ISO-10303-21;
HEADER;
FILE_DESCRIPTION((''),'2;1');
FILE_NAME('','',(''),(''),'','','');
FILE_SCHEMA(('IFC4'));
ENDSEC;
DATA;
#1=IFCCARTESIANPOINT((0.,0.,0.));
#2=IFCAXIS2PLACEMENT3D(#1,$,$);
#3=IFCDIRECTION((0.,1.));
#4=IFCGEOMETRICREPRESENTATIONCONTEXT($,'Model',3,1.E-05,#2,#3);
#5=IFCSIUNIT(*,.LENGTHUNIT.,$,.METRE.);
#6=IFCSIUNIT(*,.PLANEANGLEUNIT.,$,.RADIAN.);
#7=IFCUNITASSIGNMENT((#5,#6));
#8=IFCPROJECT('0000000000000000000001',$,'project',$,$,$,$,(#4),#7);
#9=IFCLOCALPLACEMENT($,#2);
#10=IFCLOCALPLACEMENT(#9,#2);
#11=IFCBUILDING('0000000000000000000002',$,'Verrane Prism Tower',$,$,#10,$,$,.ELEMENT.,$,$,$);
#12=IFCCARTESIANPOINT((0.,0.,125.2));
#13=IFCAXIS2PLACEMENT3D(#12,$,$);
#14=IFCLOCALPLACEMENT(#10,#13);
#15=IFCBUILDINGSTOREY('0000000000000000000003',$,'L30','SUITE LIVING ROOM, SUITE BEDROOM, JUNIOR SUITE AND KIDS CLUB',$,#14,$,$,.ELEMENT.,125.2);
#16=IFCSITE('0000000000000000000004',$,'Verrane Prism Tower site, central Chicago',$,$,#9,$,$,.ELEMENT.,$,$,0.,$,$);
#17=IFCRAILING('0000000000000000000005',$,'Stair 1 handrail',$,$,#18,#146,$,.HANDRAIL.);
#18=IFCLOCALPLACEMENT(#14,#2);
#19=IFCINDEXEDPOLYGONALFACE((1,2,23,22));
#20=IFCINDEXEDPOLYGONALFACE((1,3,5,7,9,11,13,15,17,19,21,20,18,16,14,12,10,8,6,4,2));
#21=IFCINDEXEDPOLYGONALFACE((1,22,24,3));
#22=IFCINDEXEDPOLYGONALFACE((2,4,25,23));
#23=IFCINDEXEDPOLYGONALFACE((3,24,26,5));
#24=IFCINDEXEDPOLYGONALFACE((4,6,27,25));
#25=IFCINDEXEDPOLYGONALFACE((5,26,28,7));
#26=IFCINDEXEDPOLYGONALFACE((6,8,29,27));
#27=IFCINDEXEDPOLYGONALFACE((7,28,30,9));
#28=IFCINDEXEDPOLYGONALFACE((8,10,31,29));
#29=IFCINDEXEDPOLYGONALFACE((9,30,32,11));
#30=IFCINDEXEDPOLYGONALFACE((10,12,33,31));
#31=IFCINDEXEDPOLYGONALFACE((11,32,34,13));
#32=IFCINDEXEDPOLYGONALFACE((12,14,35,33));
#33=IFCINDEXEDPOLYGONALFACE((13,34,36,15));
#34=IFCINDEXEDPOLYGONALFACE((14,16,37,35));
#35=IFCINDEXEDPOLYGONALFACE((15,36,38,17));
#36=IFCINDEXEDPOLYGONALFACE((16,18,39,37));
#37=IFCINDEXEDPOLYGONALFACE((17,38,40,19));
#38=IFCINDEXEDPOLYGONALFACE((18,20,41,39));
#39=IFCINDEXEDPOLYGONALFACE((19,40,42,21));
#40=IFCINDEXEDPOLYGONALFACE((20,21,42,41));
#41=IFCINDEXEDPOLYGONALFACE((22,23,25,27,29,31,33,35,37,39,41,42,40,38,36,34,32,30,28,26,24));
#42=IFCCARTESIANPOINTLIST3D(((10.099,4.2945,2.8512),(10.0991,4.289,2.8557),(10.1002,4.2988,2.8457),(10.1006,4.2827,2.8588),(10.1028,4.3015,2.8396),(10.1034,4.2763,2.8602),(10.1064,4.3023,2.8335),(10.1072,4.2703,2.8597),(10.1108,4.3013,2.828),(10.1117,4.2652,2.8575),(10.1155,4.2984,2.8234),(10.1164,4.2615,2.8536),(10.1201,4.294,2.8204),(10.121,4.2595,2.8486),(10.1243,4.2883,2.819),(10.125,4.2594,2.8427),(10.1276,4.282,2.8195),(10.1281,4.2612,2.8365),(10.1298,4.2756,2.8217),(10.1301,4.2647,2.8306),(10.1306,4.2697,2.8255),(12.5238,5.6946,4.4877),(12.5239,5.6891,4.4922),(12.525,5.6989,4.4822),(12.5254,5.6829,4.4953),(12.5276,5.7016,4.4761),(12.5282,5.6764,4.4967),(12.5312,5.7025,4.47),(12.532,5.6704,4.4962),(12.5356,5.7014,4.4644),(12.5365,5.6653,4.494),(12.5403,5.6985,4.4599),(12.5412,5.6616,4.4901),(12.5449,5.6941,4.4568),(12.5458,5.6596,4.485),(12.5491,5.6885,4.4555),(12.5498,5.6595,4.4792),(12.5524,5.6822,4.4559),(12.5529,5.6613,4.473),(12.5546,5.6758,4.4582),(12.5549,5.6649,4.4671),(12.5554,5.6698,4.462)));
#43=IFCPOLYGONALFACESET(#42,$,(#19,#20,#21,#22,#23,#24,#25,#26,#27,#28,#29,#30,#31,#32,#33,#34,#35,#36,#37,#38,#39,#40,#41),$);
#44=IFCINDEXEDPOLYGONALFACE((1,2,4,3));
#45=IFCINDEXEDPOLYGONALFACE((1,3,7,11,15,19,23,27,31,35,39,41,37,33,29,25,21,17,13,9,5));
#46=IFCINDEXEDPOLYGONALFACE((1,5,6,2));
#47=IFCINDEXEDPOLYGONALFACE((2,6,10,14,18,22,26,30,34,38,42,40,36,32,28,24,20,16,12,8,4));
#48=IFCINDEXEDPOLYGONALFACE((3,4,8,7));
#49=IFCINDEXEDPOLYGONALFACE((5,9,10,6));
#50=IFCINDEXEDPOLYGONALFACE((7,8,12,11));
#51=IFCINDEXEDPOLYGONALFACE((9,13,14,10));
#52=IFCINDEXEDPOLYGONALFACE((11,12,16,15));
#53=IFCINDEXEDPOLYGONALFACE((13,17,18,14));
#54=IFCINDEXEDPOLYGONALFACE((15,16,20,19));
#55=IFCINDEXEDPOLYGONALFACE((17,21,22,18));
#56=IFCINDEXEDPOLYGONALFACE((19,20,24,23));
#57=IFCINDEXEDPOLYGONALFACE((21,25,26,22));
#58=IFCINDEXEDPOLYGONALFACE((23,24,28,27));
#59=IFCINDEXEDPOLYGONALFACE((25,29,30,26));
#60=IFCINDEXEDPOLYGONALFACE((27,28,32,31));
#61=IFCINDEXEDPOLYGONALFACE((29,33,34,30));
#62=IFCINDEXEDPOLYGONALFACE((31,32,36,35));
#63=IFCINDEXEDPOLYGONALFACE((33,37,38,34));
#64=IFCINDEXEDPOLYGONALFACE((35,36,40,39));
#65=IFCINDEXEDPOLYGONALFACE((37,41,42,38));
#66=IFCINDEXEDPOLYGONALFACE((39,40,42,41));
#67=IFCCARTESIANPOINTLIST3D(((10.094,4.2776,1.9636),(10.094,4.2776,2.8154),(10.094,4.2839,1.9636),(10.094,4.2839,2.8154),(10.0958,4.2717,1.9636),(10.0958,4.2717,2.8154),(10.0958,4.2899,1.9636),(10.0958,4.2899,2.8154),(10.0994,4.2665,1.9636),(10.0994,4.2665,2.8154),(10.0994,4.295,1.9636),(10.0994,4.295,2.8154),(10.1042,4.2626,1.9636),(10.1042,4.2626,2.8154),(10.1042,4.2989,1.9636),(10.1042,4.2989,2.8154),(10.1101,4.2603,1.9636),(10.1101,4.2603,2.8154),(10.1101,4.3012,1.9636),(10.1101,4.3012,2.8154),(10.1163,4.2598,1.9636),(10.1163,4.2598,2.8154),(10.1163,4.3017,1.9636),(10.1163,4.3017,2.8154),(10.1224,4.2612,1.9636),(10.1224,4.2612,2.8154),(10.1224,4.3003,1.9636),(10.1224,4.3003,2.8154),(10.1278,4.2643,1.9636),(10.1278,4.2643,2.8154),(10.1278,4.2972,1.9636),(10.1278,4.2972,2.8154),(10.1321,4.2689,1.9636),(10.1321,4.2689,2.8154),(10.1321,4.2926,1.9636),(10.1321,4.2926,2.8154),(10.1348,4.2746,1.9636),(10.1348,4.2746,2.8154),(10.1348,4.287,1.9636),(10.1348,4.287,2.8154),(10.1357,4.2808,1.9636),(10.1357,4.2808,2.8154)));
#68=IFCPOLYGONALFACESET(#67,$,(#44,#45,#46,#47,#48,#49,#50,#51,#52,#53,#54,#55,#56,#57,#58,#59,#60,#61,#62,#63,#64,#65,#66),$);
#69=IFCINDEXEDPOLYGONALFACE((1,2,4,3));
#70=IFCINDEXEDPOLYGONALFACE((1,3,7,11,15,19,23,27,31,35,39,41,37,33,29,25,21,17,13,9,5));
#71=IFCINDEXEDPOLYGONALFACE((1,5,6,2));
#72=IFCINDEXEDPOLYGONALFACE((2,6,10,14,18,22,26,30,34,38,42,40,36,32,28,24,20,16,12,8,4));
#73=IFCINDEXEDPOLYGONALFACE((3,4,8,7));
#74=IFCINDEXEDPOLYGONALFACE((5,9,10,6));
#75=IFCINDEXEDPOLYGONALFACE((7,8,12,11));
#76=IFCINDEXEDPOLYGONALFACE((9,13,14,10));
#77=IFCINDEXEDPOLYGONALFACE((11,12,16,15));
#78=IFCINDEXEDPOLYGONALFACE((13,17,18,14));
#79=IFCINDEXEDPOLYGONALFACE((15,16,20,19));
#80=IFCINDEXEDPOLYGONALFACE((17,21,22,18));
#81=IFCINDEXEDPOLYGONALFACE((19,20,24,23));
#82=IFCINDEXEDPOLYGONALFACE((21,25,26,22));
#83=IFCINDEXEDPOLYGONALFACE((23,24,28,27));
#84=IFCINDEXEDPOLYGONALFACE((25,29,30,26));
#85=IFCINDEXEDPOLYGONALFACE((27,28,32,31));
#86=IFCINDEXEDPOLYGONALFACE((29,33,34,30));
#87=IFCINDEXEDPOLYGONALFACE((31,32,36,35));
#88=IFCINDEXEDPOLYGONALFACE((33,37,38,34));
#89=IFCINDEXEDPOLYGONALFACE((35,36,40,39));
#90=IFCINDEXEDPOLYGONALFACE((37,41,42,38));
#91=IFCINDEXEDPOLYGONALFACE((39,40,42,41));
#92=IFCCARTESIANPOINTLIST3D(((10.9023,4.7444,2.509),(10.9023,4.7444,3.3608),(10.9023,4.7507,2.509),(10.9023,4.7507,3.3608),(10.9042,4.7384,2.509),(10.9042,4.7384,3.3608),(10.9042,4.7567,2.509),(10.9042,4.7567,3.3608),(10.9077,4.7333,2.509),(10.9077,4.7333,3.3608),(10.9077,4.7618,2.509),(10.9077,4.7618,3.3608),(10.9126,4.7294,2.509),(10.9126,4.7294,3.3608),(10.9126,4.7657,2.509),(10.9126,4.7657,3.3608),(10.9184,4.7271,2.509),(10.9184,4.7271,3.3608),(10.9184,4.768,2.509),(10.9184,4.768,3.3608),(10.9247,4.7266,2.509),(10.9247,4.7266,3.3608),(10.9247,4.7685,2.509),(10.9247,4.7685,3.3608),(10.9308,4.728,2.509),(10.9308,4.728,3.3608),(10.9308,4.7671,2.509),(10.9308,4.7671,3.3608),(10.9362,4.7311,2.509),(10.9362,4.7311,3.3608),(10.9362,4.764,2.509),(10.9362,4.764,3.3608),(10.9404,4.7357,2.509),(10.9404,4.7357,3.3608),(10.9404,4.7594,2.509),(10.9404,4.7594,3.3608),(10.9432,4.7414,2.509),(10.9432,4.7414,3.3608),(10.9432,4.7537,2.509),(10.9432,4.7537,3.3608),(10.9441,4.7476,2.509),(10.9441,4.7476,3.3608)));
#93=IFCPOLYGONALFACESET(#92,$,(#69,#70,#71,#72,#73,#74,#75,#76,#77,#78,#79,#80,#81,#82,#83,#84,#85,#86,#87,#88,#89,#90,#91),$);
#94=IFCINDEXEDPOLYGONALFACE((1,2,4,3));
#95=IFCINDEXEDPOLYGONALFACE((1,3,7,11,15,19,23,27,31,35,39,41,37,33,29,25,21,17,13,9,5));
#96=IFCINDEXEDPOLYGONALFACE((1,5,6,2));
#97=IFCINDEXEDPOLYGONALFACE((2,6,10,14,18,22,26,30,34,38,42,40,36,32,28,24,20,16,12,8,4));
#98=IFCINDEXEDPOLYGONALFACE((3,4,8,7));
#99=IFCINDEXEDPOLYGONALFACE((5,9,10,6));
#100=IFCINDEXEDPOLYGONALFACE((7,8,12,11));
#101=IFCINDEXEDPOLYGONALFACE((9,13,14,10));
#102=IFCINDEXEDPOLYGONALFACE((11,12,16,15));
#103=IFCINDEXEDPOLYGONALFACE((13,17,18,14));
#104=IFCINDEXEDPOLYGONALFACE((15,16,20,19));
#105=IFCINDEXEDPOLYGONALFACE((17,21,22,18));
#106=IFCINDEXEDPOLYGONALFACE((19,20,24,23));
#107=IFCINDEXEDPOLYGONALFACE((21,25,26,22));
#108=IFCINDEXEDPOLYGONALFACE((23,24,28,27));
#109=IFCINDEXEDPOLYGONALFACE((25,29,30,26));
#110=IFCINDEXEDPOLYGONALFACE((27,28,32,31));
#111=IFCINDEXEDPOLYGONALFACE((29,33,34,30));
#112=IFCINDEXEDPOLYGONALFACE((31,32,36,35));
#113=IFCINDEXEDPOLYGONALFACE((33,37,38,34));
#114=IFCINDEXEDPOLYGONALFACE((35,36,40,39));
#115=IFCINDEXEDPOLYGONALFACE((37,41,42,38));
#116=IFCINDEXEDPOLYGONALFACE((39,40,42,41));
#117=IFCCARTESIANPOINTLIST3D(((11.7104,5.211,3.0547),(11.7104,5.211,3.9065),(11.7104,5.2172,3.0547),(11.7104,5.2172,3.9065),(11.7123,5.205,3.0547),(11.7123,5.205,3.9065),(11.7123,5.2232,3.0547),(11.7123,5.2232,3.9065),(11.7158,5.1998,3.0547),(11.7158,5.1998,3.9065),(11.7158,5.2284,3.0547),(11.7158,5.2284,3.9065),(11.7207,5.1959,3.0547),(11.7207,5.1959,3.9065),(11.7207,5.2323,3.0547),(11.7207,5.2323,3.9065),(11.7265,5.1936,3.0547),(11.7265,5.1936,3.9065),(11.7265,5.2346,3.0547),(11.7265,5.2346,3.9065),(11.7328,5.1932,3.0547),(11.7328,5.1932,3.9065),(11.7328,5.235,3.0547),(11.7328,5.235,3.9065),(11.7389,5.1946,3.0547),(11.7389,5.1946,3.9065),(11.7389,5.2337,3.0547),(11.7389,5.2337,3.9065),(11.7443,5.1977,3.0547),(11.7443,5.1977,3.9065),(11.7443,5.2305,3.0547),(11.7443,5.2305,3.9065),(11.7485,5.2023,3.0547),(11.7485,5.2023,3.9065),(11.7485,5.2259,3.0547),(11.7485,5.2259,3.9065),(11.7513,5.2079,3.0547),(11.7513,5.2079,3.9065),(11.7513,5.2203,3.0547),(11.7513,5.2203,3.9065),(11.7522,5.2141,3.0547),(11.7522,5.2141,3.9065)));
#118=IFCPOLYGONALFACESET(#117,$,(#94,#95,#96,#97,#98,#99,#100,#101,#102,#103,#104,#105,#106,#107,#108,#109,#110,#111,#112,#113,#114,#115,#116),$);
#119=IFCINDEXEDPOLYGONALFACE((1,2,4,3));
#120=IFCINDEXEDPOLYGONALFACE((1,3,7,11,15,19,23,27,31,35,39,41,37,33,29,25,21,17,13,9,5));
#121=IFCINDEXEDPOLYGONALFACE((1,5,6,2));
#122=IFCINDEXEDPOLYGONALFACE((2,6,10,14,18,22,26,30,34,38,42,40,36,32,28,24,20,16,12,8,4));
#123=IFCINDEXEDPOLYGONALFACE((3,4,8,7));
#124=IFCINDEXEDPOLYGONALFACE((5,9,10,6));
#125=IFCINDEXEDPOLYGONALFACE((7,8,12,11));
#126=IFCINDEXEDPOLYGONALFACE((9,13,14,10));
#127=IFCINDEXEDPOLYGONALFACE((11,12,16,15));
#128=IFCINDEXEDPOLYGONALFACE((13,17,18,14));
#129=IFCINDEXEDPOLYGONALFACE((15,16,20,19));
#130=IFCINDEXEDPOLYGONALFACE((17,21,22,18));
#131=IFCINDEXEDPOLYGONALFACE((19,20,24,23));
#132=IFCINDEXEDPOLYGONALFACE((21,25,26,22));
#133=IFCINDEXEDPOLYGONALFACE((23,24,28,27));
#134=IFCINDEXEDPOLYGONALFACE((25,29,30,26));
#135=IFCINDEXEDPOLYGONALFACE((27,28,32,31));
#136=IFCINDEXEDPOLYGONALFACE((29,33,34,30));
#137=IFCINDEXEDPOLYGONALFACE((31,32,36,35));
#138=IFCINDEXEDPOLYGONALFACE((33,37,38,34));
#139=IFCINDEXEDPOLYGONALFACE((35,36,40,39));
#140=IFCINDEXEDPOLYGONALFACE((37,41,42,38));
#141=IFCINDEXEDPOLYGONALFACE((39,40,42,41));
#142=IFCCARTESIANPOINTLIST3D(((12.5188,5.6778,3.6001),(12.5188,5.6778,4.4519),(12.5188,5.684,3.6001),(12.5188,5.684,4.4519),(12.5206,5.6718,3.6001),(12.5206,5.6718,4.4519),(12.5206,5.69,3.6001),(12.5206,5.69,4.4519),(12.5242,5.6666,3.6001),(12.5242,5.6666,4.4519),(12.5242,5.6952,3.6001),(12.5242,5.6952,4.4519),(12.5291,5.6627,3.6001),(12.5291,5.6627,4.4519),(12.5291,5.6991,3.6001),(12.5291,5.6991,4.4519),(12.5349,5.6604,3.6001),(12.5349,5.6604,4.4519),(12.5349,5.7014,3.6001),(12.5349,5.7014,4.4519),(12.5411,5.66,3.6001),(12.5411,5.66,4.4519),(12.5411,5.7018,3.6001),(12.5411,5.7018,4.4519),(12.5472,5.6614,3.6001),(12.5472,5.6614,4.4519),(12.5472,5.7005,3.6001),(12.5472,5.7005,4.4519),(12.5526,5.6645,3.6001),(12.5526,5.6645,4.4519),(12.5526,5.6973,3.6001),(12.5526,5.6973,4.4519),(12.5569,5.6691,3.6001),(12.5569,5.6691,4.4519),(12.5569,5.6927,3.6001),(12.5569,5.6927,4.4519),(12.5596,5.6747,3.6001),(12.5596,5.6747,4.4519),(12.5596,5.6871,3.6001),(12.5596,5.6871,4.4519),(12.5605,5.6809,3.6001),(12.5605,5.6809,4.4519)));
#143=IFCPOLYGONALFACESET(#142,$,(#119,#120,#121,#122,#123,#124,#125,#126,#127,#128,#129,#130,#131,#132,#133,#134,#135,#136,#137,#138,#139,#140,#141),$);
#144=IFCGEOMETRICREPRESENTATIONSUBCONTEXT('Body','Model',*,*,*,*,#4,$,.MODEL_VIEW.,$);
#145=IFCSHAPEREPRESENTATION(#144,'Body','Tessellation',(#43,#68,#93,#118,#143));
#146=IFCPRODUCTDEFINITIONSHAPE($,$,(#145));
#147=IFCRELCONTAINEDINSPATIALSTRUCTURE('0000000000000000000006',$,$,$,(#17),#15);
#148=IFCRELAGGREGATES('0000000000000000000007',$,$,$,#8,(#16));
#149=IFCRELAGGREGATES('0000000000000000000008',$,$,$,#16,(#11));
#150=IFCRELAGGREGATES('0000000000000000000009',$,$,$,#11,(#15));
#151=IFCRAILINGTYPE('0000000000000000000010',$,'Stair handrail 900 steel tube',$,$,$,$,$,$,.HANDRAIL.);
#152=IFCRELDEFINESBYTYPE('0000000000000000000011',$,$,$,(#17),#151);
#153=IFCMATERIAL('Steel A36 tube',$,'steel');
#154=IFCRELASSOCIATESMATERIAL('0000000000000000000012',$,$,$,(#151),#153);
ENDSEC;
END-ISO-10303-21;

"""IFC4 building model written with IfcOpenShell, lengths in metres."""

from ifc_helpers import new_model, si_unit, direction, frame, origin, origin_2d, place, context, subcontext, project, spatial, circle, extrude, material, type_object, element, save


model = new_model("IFC4")

# Units and contexts
model_context = context("Model", 3, precision=1e-05, world=origin(), true_north=direction((0.0, 1.0)))
body_context = subcontext(model_context, "Body", "Model", "MODEL_VIEW")
ifc_project = project(units=[si_unit("LENGTHUNIT", "METRE"), si_unit("PLANEANGLEUNIT", "RADIAN")], contexts=[model_context])

# Site, building, storey
site_placement = place(None, origin())
site = spatial("IfcSite", under=ifc_project, at=site_placement, Name="Verrane Prism Tower site, central Chicago", CompositionType="ELEMENT", RefElevation=0.0)
building_placement = place(site_placement, origin())
building = spatial("IfcBuilding", under=site, at=building_placement, Name="Verrane Prism Tower", CompositionType="ELEMENT")
storey_placement = place(building_placement, frame((0.0, 0.0, 125.2)))
storey = spatial("IfcBuildingStorey", under=building, at=storey_placement, Name="L30", Description="SUITE LIVING ROOM, SUITE BEDROOM, JUNIOR SUITE AND KIDS CLUB", CompositionType="ELEMENT", Elevation=125.2)

# Railing
ifc_material_1 = material(Name="Steel A36 tube", Category="steel")
railing_type_1 = type_object("IfcRailingType", Name="Stair handrail 900 steel tube", PredefinedType="HANDRAIL", material=ifc_material_1)
railing_1_placement = place(storey_placement, frame((10.1147, 4.2808, 1.9636)))
element("IfcRailing", 1, at=railing_1_placement, inside=storey, type_object=railing_type_1, Name="Stair 1 handrail", PredefinedType="HANDRAIL", context=body_context, shape_type="SweptSolid", body=[
    extrude(circle(Radius=0.0239, at=origin_2d()), frame((0.0, 0.0, 0.876), z_axis=(0.747666, 0.431722, 0.504591), x_axis=(-0.50005, 0.865997, 0.0)), (0.0, 0.0, 1.0), 3.2432),
    extrude(circle(Radius=0.021, at=origin_2d()), origin(), (0.0, 0.0, 1.0), 0.8518),
    extrude(circle(Radius=0.021, at=origin_2d()), frame((0.8083, 0.4668, 0.5454)), (0.0, 0.0, 1.0), 0.8518),
    extrude(circle(Radius=0.021, at=origin_2d()), frame((1.6165, 0.9333, 1.0911)), (0.0, 0.0, 1.0), 0.8518),
    extrude(circle(Radius=0.021, at=origin_2d()), frame((2.4248, 1.4001, 1.6365)), (0.0, 0.0, 1.0), 0.8518),
])

save(model, "model.ifc")
